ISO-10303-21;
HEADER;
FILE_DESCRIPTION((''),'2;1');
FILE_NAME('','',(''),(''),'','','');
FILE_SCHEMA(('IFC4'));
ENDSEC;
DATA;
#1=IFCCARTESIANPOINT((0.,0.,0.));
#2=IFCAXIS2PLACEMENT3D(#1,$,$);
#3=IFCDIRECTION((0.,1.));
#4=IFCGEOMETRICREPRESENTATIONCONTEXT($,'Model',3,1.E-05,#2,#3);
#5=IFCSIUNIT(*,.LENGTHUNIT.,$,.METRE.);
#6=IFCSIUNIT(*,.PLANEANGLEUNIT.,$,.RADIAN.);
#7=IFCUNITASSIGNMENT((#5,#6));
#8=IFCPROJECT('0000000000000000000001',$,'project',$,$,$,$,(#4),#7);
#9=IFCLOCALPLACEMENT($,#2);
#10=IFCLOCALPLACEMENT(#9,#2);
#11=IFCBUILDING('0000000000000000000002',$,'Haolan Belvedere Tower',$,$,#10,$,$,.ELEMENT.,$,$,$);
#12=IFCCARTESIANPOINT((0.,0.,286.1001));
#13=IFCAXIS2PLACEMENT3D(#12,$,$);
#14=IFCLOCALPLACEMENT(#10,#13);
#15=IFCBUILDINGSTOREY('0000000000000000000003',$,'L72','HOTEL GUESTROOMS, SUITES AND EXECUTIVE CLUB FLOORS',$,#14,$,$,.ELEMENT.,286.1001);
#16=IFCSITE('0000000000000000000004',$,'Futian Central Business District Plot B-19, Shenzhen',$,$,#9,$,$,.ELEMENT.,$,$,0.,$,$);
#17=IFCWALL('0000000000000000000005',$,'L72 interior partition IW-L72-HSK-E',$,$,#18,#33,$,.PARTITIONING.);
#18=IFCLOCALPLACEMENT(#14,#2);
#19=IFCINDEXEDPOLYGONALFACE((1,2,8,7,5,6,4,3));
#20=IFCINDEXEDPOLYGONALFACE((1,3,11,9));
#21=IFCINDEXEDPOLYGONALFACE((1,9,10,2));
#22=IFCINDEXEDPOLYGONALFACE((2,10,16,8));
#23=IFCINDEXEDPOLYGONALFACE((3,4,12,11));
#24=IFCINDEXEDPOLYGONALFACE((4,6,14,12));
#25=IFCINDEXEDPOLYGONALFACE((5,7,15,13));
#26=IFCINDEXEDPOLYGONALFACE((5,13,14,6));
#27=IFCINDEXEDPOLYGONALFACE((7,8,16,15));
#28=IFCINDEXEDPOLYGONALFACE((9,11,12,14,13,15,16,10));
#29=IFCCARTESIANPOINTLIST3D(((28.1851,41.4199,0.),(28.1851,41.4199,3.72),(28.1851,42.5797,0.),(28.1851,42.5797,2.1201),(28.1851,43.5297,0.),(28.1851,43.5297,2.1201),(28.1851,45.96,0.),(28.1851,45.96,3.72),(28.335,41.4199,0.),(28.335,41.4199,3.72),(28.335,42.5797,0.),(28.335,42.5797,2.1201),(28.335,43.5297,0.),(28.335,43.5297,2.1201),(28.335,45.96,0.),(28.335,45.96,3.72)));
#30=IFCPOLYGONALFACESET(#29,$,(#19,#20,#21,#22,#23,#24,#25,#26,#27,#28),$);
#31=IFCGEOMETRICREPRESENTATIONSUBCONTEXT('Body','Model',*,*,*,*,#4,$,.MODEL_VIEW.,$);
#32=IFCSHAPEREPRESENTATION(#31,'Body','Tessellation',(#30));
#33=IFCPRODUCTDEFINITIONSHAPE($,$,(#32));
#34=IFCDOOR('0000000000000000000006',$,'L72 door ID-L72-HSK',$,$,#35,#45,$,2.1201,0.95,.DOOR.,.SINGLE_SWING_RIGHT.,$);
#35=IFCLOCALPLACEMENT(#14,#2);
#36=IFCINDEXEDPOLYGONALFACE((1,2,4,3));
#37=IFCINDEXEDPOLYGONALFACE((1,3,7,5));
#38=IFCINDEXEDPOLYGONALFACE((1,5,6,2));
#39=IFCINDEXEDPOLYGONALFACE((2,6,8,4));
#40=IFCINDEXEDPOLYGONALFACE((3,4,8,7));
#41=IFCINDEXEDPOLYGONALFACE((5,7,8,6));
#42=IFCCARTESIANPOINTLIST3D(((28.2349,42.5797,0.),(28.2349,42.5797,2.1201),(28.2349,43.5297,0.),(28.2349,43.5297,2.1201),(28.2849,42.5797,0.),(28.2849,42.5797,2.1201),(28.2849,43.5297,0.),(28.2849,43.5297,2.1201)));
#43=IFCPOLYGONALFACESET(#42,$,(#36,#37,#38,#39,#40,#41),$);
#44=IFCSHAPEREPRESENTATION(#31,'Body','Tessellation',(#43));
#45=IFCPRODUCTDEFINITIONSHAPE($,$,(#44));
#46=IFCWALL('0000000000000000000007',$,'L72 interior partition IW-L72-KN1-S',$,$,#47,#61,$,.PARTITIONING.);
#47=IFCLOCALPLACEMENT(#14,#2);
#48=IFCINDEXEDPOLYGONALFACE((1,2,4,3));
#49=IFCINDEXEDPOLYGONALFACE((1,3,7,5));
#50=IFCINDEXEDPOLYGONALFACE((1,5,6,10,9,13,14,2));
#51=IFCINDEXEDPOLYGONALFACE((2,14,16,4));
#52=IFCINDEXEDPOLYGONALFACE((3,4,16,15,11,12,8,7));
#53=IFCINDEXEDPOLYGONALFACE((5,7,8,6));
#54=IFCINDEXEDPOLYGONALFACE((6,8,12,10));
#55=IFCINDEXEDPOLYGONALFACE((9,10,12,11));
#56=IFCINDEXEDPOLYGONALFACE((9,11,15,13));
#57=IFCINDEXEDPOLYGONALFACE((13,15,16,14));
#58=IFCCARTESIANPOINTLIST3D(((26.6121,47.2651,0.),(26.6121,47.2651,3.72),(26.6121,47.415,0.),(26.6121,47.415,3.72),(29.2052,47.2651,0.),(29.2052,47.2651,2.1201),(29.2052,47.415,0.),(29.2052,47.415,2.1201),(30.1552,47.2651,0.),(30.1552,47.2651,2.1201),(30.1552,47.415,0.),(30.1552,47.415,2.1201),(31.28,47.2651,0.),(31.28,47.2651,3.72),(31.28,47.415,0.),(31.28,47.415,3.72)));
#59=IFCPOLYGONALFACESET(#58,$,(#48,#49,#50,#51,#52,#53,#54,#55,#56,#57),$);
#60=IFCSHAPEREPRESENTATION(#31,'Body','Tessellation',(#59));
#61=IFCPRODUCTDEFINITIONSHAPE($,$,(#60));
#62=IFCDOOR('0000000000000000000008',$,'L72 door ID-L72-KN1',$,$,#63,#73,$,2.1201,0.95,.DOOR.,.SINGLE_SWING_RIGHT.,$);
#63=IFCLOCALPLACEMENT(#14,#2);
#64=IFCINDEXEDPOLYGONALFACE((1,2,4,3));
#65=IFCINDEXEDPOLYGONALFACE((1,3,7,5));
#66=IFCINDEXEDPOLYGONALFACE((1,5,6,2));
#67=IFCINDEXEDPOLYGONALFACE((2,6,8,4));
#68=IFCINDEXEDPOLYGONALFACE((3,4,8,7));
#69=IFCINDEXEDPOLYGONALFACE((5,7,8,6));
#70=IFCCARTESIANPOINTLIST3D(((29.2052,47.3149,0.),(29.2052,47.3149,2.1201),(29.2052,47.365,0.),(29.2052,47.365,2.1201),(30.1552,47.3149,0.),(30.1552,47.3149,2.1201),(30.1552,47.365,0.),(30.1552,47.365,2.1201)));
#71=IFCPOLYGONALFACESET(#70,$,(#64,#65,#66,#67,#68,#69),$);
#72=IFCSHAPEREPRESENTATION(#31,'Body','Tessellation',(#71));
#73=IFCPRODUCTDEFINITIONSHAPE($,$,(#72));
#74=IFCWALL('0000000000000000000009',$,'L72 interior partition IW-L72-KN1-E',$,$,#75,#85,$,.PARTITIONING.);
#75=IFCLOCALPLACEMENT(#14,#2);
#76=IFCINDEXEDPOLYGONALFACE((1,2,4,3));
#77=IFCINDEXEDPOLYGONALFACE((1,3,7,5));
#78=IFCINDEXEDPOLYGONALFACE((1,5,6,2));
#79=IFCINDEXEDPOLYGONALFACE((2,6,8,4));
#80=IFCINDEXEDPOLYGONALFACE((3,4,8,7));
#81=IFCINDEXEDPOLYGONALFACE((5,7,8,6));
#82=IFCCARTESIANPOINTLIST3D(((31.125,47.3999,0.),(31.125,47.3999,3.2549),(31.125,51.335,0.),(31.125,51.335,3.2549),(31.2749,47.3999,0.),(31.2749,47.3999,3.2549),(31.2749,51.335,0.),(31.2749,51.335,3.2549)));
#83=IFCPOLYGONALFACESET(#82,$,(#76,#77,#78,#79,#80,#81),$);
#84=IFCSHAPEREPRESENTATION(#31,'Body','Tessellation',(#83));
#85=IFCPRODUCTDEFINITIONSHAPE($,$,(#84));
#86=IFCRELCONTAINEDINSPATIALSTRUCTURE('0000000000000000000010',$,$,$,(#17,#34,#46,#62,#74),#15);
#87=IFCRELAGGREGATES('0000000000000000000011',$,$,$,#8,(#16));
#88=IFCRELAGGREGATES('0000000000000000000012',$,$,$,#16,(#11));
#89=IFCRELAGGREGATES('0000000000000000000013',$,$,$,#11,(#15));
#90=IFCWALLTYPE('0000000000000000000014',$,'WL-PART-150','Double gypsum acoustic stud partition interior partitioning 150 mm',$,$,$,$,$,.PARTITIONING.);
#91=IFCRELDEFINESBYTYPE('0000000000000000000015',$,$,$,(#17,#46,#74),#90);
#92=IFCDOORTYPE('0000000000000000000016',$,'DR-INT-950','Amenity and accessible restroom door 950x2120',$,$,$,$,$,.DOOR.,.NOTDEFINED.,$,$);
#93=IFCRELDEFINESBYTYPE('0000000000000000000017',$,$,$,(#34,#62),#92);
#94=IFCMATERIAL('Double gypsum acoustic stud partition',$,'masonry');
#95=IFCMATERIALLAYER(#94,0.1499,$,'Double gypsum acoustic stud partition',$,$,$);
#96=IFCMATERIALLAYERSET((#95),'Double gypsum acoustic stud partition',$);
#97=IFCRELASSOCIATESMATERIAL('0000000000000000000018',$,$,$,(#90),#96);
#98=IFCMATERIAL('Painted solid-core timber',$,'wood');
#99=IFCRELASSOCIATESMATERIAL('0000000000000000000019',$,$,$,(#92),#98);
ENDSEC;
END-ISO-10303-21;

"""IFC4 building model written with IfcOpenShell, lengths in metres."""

from ifc_helpers import new_model, si_unit, direction, frame, frame_2d, origin, place, context, subcontext, project, spatial, rectangle, extrude, material, layer, layer_set, type_object, element, fill, save


model = new_model("IFC4")

# Units and contexts
model_context = context("Model", 3, precision=1e-05, world=origin(), true_north=direction((0.0, 1.0)))
body_context = subcontext(model_context, "Body", "Model", "MODEL_VIEW")
ifc_project = project(units=[si_unit("LENGTHUNIT", "METRE"), si_unit("PLANEANGLEUNIT", "RADIAN")], contexts=[model_context])

# Site, building, storey
site_placement = place(None, origin())
site = spatial("IfcSite", under=ifc_project, at=site_placement, Name="Futian Central Business District Plot B-19, Shenzhen", CompositionType="ELEMENT", RefElevation=0.0)
building_placement = place(site_placement, origin())
building = spatial("IfcBuilding", under=site, at=building_placement, Name="Haolan Belvedere Tower", CompositionType="ELEMENT")
storey_placement = place(building_placement, frame((0.0, 0.0, 286.1001)))
storey = spatial("IfcBuildingStorey", under=building, at=storey_placement, Name="L72", Description="HOTEL GUESTROOMS, SUITES AND EXECUTIVE CLUB FLOORS", CompositionType="ELEMENT", Elevation=286.1001)

# Shared definitions
ifc_material_1 = material(Name="Double gypsum acoustic stud partition", Category="masonry")
ifc_layer_1 = layer(ifc_material_1, 0.1499, Name="Double gypsum acoustic stud partition")
ifc_layer_set_1 = layer_set([ifc_layer_1], Name="Double gypsum acoustic stud partition")
wall_type_1 = type_object("IfcWallType", Name="WL-PART-150", Description="Double gypsum acoustic stud partition interior partitioning 150 mm", PredefinedType="PARTITIONING", material=ifc_layer_set_1)

# Walls, openings, doors
wall_1_placement = place(storey_placement, frame((28.26, 41.4199, 0.0), z_axis=(0.0, 0.0, 1.0), x_axis=(0.0, 1.0, 0.0)))
wall_1 = element("IfcWall", 1, at=wall_1_placement, inside=storey, type_object=wall_type_1, Name="L72 interior partition IW-L72-HSK-E", PredefinedType="PARTITIONING", context=body_context, shape_type="SweptSolid", body=[
    extrude(rectangle(XDim=4.54, YDim=0.1499, at=frame_2d((2.27, 0.0))), origin(), (0.0, 0.0, 1.0), 3.72),
])
opening_1_placement = place(wall_1_placement, frame((2.1099, 0.0, 0.0), z_axis=(0.0, 0.0, 1.0), x_axis=(-1.0, 0.0, 0.0)))
opening_1 = element("IfcOpeningElement", 2, at=opening_1_placement, cuts=wall_1, PredefinedType="OPENING", context=body_context, shape_type="SweptSolid", body=[
    extrude(rectangle(XDim=0.95, YDim=2.1201, at=frame_2d((0.4751, 1.0601))), frame((0.0, 0.085, 0.0), z_axis=(0.0, -1.0, 0.0), x_axis=(1.0, 0.0, 0.0)), (0.0, 0.0, 1.0), 0.1699),
])
ifc_material_2 = material(Name="Painted solid-core timber", Category="wood")
door_type_1 = type_object("IfcDoorType", Name="DR-INT-950", Description="Amenity and accessible restroom door 950x2120", OperationType="NOTDEFINED", PredefinedType="DOOR", material=ifc_material_2)
door_1_placement = place(opening_1_placement, origin())
door_1 = element("IfcDoor", 3, at=door_1_placement, inside=storey, type_object=door_type_1, Name="L72 door ID-L72-HSK", OperationType="SINGLE_SWING_RIGHT", OverallHeight=2.1201, OverallWidth=0.95, PredefinedType="DOOR", context=body_context, shape_type="SweptSolid", body=[
    extrude(rectangle(XDim=0.95, YDim=2.1201, at=frame_2d((0.4751, 1.0601))), frame((0.0, 0.0249, 0.0), z_axis=(0.0, -1.0, 0.0), x_axis=(1.0, 0.0, 0.0)), (0.0, 0.0, 1.0), 0.05),
])
fill(opening_1, door_1)
wall_2_placement = place(storey_placement, frame((26.6121, 47.3401, 0.0), z_axis=(0.0, 0.0, 1.0), x_axis=(1.0, 0.0, 0.0)))
wall_2 = element("IfcWall", 4, at=wall_2_placement, inside=storey, type_object=wall_type_1, Name="L72 interior partition IW-L72-KN1-S", PredefinedType="PARTITIONING", context=body_context, shape_type="SweptSolid", body=[
    extrude(rectangle(XDim=4.668, YDim=0.1499, at=frame_2d((2.334, 0.0))), origin(), (0.0, 0.0, 1.0), 3.72),
])
opening_2_placement = place(wall_2_placement, frame((2.593, 0.0, 0.0)))
opening_2 = element("IfcOpeningElement", 5, at=opening_2_placement, cuts=wall_2, PredefinedType="OPENING", context=body_context, shape_type="SweptSolid", body=[
    extrude(rectangle(XDim=0.95, YDim=2.1201, at=frame_2d((0.4751, 1.0601))), frame((0.0, 0.085, 0.0), z_axis=(0.0, -1.0, 0.0), x_axis=(1.0, 0.0, 0.0)), (0.0, 0.0, 1.0), 0.1699),
])
door_2_placement = place(opening_2_placement, origin())
door_2 = element("IfcDoor", 6, at=door_2_placement, inside=storey, type_object=door_type_1, Name="L72 door ID-L72-KN1", OperationType="SINGLE_SWING_RIGHT", OverallHeight=2.1201, OverallWidth=0.95, PredefinedType="DOOR", context=body_context, shape_type="SweptSolid", body=[
    extrude(rectangle(XDim=0.95, YDim=2.1201, at=frame_2d((0.4751, 1.0601))), frame((0.0, 0.0249, 0.0), z_axis=(0.0, -1.0, 0.0), x_axis=(1.0, 0.0, 0.0)), (0.0, 0.0, 1.0), 0.05),
])
fill(opening_2, door_2)

# Wall
wall_3_placement = place(storey_placement, frame((31.2, 47.3999, 0.0), z_axis=(0.0, 0.0, 1.0), x_axis=(0.0, 1.0, 0.0)))
element("IfcWall", 7, at=wall_3_placement, inside=storey, type_object=wall_type_1, Name="L72 interior partition IW-L72-KN1-E", PredefinedType="PARTITIONING", context=body_context, shape_type="SweptSolid", body=[
    extrude(rectangle(XDim=3.9351, YDim=0.1499, at=frame_2d((1.9675, 0.0))), origin(), (0.0, 0.0, 1.0), 3.2549),
])

save(model, "model.ifc")
